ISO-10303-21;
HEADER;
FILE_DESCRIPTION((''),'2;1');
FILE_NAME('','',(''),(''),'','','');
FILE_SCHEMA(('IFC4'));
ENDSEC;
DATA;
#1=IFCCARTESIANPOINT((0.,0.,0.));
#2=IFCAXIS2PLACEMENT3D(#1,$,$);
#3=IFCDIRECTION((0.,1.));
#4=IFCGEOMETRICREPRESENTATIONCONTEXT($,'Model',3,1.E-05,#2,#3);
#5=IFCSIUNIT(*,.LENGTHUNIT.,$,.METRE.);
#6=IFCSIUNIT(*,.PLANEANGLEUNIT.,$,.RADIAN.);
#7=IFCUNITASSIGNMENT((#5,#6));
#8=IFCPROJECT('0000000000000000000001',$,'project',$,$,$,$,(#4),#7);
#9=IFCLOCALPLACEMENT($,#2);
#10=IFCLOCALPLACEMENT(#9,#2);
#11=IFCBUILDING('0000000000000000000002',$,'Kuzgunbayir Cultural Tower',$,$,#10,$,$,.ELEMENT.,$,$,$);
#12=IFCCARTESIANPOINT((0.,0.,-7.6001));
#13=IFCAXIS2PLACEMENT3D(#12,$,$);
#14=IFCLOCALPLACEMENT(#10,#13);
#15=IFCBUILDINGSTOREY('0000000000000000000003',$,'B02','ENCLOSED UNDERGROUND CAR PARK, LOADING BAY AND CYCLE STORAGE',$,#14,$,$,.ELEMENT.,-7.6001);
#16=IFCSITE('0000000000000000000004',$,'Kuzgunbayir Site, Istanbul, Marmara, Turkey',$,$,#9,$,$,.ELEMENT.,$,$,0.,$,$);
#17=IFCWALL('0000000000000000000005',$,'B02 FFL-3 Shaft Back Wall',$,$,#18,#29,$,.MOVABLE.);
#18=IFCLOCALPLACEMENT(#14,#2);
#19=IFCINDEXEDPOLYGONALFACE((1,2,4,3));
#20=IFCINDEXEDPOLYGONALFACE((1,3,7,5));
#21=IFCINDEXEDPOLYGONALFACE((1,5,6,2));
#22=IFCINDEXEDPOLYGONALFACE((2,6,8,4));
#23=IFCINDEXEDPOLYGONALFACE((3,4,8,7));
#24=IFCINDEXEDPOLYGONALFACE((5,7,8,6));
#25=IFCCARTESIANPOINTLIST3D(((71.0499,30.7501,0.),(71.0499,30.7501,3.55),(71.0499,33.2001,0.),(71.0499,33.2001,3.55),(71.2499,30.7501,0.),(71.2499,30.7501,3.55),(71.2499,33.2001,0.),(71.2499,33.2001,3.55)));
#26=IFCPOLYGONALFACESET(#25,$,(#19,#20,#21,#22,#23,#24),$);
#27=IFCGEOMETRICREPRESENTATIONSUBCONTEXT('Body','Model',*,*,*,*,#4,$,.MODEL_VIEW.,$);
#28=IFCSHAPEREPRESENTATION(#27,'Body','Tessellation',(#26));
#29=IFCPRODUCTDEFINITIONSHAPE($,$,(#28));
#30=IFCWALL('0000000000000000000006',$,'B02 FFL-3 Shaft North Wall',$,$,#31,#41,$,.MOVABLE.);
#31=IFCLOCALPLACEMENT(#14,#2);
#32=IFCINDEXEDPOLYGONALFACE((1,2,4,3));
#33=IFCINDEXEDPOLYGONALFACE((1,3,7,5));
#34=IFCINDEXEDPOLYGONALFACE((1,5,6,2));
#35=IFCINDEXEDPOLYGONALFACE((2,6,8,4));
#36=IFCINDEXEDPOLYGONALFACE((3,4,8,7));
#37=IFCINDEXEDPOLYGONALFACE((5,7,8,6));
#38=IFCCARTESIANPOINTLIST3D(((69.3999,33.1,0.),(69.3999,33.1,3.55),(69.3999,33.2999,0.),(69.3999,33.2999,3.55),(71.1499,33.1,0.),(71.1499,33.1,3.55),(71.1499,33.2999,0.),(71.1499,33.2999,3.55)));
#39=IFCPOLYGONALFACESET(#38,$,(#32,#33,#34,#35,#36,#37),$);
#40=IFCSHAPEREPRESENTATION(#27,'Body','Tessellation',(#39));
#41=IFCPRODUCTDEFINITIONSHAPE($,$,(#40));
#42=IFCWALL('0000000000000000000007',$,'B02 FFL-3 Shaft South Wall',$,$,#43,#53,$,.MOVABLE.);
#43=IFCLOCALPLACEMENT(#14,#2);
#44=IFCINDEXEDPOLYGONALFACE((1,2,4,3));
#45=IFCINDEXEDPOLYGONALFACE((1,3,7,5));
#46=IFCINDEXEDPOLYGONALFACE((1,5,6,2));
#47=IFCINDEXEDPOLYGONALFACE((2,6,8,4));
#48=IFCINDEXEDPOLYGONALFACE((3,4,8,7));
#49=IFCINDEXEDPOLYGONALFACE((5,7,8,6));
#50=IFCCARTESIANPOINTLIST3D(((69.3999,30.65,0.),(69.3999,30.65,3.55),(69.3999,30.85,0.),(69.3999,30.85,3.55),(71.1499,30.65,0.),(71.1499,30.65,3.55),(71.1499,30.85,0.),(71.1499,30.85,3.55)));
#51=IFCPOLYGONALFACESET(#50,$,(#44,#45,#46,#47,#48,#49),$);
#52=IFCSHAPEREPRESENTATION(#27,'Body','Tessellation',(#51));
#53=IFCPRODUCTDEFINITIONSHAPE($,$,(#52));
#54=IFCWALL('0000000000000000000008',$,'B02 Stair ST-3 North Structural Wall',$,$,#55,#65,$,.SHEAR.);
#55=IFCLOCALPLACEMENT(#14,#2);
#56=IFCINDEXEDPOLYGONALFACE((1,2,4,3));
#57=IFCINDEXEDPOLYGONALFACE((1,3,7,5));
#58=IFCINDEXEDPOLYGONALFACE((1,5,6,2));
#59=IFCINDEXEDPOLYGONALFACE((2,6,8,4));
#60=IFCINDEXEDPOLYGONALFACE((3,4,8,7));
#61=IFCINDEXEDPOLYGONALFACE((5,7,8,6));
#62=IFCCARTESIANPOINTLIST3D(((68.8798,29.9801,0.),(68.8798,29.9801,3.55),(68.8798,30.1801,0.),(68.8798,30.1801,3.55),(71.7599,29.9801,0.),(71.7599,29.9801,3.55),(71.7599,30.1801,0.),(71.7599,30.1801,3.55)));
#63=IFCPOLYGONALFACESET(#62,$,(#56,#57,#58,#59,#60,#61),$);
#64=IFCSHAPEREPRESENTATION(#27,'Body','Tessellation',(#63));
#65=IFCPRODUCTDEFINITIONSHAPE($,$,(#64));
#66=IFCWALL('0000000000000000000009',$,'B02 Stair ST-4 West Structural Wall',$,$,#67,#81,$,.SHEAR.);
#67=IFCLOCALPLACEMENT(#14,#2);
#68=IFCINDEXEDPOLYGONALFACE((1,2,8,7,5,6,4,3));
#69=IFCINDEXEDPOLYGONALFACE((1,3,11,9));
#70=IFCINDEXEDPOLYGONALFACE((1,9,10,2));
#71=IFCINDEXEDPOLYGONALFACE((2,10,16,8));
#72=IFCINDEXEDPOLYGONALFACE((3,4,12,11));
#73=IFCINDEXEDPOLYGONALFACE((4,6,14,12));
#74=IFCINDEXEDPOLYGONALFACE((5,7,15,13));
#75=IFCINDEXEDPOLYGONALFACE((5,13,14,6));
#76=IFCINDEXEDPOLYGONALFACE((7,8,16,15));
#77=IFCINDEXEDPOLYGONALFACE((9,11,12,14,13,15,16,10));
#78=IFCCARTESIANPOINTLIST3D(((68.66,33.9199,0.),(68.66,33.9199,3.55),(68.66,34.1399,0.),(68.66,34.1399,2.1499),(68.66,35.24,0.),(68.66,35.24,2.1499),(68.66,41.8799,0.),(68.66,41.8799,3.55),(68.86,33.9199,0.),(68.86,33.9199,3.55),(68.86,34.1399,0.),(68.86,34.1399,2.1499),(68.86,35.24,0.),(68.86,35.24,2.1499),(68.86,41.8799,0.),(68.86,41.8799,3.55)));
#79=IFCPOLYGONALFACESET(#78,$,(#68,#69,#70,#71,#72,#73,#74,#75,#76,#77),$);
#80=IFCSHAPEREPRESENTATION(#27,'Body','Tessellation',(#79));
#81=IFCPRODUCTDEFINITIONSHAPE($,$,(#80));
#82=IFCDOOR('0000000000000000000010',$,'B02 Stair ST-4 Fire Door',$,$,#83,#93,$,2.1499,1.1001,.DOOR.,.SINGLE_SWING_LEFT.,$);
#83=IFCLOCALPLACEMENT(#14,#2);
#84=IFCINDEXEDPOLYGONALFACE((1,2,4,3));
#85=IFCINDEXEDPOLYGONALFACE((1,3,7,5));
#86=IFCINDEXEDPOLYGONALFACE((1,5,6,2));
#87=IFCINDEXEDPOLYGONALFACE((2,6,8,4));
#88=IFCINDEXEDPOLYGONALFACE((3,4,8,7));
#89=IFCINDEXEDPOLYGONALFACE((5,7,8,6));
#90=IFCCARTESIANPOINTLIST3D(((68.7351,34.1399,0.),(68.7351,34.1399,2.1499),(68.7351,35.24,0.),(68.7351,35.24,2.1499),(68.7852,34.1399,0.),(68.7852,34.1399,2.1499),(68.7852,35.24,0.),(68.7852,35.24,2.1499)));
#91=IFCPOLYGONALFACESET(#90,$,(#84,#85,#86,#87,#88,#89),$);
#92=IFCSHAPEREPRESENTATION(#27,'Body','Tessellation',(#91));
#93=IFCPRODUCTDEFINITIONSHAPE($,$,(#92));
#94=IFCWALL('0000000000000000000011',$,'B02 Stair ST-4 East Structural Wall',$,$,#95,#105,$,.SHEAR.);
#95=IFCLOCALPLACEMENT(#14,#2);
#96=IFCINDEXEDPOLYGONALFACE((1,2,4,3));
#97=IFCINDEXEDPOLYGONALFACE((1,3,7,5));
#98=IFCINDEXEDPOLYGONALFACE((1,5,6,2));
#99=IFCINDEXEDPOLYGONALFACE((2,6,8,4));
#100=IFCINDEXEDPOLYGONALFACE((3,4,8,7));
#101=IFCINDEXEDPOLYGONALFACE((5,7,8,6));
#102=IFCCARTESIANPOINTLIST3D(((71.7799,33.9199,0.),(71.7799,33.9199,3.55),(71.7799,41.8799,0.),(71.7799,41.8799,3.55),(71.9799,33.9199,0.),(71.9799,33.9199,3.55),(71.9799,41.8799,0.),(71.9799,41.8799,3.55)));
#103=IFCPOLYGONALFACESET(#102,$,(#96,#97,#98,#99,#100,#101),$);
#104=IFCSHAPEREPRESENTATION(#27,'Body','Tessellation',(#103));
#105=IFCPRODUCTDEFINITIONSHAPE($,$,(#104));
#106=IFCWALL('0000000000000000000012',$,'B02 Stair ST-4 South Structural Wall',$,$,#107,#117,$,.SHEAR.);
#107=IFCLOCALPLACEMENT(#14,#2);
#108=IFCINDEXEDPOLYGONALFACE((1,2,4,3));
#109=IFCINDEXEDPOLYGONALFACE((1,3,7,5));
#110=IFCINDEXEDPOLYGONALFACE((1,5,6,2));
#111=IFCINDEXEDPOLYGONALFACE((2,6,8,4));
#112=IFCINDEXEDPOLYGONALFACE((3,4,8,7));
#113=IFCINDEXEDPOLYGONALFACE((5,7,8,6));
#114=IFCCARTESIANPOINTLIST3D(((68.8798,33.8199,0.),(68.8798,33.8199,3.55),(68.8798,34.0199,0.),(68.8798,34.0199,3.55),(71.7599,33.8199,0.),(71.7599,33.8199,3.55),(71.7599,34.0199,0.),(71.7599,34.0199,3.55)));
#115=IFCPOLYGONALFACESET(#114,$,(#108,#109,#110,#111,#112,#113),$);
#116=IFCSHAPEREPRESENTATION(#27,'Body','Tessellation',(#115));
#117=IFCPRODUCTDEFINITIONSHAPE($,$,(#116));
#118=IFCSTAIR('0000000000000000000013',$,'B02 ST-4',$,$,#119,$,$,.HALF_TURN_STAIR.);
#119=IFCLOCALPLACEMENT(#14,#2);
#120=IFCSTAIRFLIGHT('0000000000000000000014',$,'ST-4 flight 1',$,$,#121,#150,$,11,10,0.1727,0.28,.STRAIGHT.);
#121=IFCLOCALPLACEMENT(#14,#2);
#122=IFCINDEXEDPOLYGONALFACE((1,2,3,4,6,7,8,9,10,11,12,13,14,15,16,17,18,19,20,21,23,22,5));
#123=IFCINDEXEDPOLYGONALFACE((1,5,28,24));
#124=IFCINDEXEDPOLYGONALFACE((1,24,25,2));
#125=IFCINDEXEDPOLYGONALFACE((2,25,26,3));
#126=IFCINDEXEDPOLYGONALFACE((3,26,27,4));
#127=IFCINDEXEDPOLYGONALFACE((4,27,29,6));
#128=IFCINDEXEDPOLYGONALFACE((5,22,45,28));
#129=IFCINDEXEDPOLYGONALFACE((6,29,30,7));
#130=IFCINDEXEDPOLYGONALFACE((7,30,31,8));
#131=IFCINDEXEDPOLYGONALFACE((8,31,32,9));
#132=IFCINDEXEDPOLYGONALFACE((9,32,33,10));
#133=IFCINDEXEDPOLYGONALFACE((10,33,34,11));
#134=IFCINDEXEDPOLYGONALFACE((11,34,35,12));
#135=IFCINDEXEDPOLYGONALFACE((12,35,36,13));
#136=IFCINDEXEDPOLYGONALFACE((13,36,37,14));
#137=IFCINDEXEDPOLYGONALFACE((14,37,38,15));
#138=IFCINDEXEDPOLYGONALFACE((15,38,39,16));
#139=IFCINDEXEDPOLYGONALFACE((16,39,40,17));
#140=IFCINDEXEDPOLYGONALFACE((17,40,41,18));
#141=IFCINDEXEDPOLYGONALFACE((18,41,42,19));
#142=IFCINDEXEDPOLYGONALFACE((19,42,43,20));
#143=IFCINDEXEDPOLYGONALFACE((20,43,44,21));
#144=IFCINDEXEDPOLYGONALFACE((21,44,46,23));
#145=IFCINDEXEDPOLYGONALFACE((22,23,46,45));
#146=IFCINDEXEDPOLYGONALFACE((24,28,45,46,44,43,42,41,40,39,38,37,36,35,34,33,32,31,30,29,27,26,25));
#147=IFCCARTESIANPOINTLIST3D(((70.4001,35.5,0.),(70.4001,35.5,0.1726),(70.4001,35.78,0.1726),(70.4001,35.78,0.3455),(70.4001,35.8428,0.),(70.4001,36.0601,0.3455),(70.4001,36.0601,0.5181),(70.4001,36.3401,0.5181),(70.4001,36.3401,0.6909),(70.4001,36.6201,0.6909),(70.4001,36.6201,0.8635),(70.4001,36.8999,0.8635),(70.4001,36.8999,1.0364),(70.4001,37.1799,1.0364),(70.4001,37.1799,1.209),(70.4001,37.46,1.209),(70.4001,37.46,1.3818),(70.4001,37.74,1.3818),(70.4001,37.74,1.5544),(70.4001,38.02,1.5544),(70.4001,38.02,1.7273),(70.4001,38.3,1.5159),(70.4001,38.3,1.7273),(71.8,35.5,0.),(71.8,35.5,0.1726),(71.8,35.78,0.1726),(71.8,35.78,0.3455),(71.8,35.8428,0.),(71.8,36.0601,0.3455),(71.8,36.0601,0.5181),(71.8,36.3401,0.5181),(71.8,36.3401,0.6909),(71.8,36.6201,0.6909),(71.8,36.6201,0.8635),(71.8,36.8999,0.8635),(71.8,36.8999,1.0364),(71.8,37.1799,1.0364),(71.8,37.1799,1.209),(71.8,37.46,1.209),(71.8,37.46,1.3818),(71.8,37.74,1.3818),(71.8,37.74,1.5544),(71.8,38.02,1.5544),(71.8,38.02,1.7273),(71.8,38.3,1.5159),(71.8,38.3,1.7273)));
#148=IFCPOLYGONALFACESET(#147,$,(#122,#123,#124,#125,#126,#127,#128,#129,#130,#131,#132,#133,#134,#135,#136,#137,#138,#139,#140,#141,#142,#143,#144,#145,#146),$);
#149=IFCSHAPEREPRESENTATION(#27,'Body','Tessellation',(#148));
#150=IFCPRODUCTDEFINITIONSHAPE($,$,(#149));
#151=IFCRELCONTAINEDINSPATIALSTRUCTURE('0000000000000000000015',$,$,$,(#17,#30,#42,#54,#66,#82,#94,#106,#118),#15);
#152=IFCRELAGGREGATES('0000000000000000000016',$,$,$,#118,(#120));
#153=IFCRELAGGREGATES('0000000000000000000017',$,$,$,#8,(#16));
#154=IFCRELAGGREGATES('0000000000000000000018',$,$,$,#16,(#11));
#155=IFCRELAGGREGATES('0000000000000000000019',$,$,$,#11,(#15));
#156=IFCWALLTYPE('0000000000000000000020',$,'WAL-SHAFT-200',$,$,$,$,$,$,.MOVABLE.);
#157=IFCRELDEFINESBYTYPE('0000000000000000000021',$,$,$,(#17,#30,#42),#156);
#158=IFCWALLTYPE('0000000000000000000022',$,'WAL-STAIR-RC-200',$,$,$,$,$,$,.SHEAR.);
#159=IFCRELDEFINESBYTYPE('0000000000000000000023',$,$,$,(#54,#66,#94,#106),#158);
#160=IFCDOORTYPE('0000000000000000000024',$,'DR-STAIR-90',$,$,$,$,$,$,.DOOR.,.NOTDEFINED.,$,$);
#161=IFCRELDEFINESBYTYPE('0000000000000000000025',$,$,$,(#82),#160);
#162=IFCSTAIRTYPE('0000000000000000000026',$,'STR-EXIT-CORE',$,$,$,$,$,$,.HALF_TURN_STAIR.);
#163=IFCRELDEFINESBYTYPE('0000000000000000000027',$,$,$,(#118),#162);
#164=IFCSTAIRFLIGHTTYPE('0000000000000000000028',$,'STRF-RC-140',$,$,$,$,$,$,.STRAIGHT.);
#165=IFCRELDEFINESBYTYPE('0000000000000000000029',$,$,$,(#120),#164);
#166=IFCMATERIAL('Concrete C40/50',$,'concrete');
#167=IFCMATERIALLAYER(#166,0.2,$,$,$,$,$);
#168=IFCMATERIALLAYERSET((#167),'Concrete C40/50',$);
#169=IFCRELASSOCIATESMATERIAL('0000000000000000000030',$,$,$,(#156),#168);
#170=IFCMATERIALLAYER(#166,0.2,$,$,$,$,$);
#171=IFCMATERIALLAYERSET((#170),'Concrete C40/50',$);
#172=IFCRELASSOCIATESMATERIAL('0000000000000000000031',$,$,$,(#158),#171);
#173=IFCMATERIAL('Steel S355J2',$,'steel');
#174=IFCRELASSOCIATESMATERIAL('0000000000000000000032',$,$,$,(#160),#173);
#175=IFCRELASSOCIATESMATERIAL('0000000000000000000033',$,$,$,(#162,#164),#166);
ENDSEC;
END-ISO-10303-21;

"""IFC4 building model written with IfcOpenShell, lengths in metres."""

from ifc_helpers import new_model, si_unit, direction, frame, frame_2d, origin, place, context, subcontext, project, spatial, polyline, rectangle, outline, extrude, material, layer, layer_set, type_object, element, fill, aggregate, save


model = new_model("IFC4")

# Units and contexts
model_context = context("Model", 3, precision=1e-05, world=origin(), true_north=direction((0.0, 1.0)))
body_context = subcontext(model_context, "Body", "Model", "MODEL_VIEW")
ifc_project = project(units=[si_unit("LENGTHUNIT", "METRE"), si_unit("PLANEANGLEUNIT", "RADIAN")], contexts=[model_context])

# Site, building, storey
site_placement = place(None, origin())
site = spatial("IfcSite", under=ifc_project, at=site_placement, Name="Kuzgunbayir Site, Istanbul, Marmara, Turkey", CompositionType="ELEMENT", RefElevation=0.0)
building_placement = place(site_placement, origin())
building = spatial("IfcBuilding", under=site, at=building_placement, Name="Kuzgunbayir Cultural Tower", CompositionType="ELEMENT")
storey_placement = place(building_placement, frame((0.0, 0.0, -7.6001)))
storey = spatial("IfcBuildingStorey", under=building, at=storey_placement, Name="B02", Description="ENCLOSED UNDERGROUND CAR PARK, LOADING BAY AND CYCLE STORAGE", CompositionType="ELEMENT", Elevation=-7.6001)

# Shared definitions
ifc_material_1 = material(Name="Concrete C40/50", Category="concrete")
ifc_layer_1 = layer(ifc_material_1, 0.2)
ifc_layer_set_1 = layer_set([ifc_layer_1], Name="Concrete C40/50")
wall_type_1 = type_object("IfcWallType", Name="WAL-SHAFT-200", PredefinedType="MOVABLE", material=ifc_layer_set_1)

# Walls
wall_1_placement = place(storey_placement, frame((71.1499, 30.75, 0.0), z_axis=(0.0, 0.0, 1.0), x_axis=(0.0, 1.0, 0.0)))
element("IfcWall", 1, at=wall_1_placement, inside=storey, type_object=wall_type_1, Name="B02 FFL-3 Shaft Back Wall", PredefinedType="MOVABLE", context=body_context, shape_type="SweptSolid", body=[
    extrude(rectangle(XDim=2.45, YDim=0.2, at=frame_2d((1.2251, 0.0))), origin(), (0.0, 0.0, 1.0), 3.55),
])
for number, where, z_axis, x_axis, name in (
    (2, (69.3999, 33.2, 0.0), (0.0, 0.0, 1.0), (1.0, 0.0, 0.0), "B02 FFL-3 Shaft North Wall"),
    (3, (69.3999, 30.75, 0.0), (0.0, 0.0, 1.0), (1.0, 0.0, 0.0), "B02 FFL-3 Shaft South Wall"),
):
    element("IfcWall", number, at=place(storey_placement, frame(where, z_axis=z_axis, x_axis=x_axis)), inside=storey, type_object=wall_type_1, Name=name, PredefinedType="MOVABLE", context=body_context, shape_type="SweptSolid", body=[
        extrude(rectangle(XDim=1.75, YDim=0.2, at=frame_2d((0.875, 0.0))), origin(), (0.0, 0.0, 1.0), 3.55),
    ])
ifc_layer_2 = layer(ifc_material_1, 0.2)
ifc_layer_set_2 = layer_set([ifc_layer_2], Name="Concrete C40/50")
wall_type_2 = type_object("IfcWallType", Name="WAL-STAIR-RC-200", PredefinedType="SHEAR", material=ifc_layer_set_2)
wall_2_placement = place(storey_placement, frame((68.8799, 30.0801, 0.0), z_axis=(0.0, 0.0, 1.0), x_axis=(1.0, 0.0, 0.0)))
element("IfcWall", 4, at=wall_2_placement, inside=storey, type_object=wall_type_2, Name="B02 Stair ST-3 North Structural Wall", PredefinedType="SHEAR", context=body_context, shape_type="SweptSolid", body=[
    extrude(rectangle(XDim=2.8801, YDim=0.2, at=frame_2d((1.4399, 0.0))), origin(), (0.0, 0.0, 1.0), 3.55),
])

# Wall, opening, door
wall_3_placement = place(storey_placement, frame((68.76, 33.9199, 0.0), z_axis=(0.0, 0.0, 1.0), x_axis=(0.0, 1.0, 0.0)))
wall_3 = element("IfcWall", 5, at=wall_3_placement, inside=storey, type_object=wall_type_2, Name="B02 Stair ST-4 West Structural Wall", PredefinedType="SHEAR", context=body_context, shape_type="SweptSolid", body=[
    extrude(rectangle(XDim=7.96, YDim=0.2, at=frame_2d((3.98, 0.0))), origin(), (0.0, 0.0, 1.0), 3.55),
])
opening_1_placement = place(wall_3_placement, frame((0.22, 0.0, 0.0)))
opening_1 = element("IfcOpeningElement", 6, at=opening_1_placement, cuts=wall_3, PredefinedType="OPENING", context=body_context, shape_type="SweptSolid", body=[
    extrude(rectangle(XDim=1.1001, YDim=2.1499, at=frame_2d((0.55, 1.075))), frame((0.0, 0.1099, 0.0), z_axis=(0.0, -1.0, 0.0), x_axis=(1.0, 0.0, 0.0)), (0.0, 0.0, 1.0), 0.22),
])
ifc_material_2 = material(Name="Steel S355J2", Category="steel")
door_type_1 = type_object("IfcDoorType", Name="DR-STAIR-90", OperationType="NOTDEFINED", PredefinedType="DOOR", material=ifc_material_2)
door_1_placement = place(opening_1_placement, origin())
door_1 = element("IfcDoor", 7, at=door_1_placement, inside=storey, type_object=door_type_1, Name="B02 Stair ST-4 Fire Door", OperationType="SINGLE_SWING_LEFT", OverallHeight=2.1499, OverallWidth=1.1001, PredefinedType="DOOR", context=body_context, shape_type="SweptSolid", body=[
    extrude(rectangle(XDim=1.1001, YDim=2.1499, at=frame_2d((0.55, 1.075))), frame((0.0, 0.0249, 0.0), z_axis=(0.0, -1.0, 0.0), x_axis=(1.0, 0.0, 0.0)), (0.0, 0.0, 1.0), 0.05),
])
fill(opening_1, door_1)

# Walls
wall_4_placement = place(storey_placement, frame((71.8799, 33.9199, 0.0), z_axis=(0.0, 0.0, 1.0), x_axis=(0.0, 1.0, 0.0)))
element("IfcWall", 8, at=wall_4_placement, inside=storey, type_object=wall_type_2, Name="B02 Stair ST-4 East Structural Wall", PredefinedType="SHEAR", context=body_context, shape_type="SweptSolid", body=[
    extrude(rectangle(XDim=7.96, YDim=0.2, at=frame_2d((3.98, 0.0))), origin(), (0.0, 0.0, 1.0), 3.55),
])
wall_5_placement = place(storey_placement, frame((68.8799, 33.9199, 0.0), z_axis=(0.0, 0.0, 1.0), x_axis=(1.0, 0.0, 0.0)))
element("IfcWall", 9, at=wall_5_placement, inside=storey, type_object=wall_type_2, Name="B02 Stair ST-4 South Structural Wall", PredefinedType="SHEAR", context=body_context, shape_type="SweptSolid", body=[
    extrude(rectangle(XDim=2.8801, YDim=0.2, at=frame_2d((1.4399, 0.0))), origin(), (0.0, 0.0, 1.0), 3.55),
])

# Stair, stair flight
stair_type = type_object("IfcStairType", Name="STR-EXIT-CORE", PredefinedType="HALF_TURN_STAIR", material=ifc_material_1)
stair_placement = place(storey_placement, origin())
stair = element("IfcStair", 10, at=stair_placement, inside=storey, type_object=stair_type, Name="B02 ST-4", PredefinedType="HALF_TURN_STAIR")
stair_flight_type = type_object("IfcStairFlightType", Name="STRF-RC-140", PredefinedType="STRAIGHT", material=ifc_material_1)
stair_flight_placement = place(storey_placement, frame((71.1001, 35.5, 0.0), z_axis=(0.0, 0.0, 1.0), x_axis=(0.0, 1.0, 0.0)))
stair_flight = element("IfcStairFlight", 11, at=stair_flight_placement, type_object=stair_flight_type, Name="ST-4 flight 1", NumberOfRisers=11, NumberOfTreads=10, PredefinedType="STRAIGHT", RiserHeight=0.1727, TreadLength=0.28, context=body_context, shape_type="SweptSolid", body=[
    extrude(outline(polyline([(0.0, 0.0), (0.0, 0.1726), (0.28, 0.1726), (0.28, 0.3455), (0.5601, 0.3455), (0.5601, 0.5181), (0.8401, 0.5181), (0.8401, 0.6909), (1.1201, 0.6909), (1.1201, 0.8635), (1.3999, 0.8635), (1.3999, 1.0364), (1.6799, 1.0364), (1.6799, 1.209), (1.96, 1.209), (1.96, 1.3818), (2.24, 1.3818), (2.24, 1.5544), (2.52, 1.5544), (2.52, 1.7273), (2.8, 1.7273), (2.8, 1.8999), (2.8, 1.5159), (0.3428, 0.0), (0.0, 0.0)])), frame((0.0, 0.7, 0.0), z_axis=(0.0, -1.0, 0.0), x_axis=(1.0, 0.0, 0.0)), (0.0, 0.0, 1.0), 1.3999),
])
aggregate(stair, [stair_flight])

save(model, "model.ifc")
